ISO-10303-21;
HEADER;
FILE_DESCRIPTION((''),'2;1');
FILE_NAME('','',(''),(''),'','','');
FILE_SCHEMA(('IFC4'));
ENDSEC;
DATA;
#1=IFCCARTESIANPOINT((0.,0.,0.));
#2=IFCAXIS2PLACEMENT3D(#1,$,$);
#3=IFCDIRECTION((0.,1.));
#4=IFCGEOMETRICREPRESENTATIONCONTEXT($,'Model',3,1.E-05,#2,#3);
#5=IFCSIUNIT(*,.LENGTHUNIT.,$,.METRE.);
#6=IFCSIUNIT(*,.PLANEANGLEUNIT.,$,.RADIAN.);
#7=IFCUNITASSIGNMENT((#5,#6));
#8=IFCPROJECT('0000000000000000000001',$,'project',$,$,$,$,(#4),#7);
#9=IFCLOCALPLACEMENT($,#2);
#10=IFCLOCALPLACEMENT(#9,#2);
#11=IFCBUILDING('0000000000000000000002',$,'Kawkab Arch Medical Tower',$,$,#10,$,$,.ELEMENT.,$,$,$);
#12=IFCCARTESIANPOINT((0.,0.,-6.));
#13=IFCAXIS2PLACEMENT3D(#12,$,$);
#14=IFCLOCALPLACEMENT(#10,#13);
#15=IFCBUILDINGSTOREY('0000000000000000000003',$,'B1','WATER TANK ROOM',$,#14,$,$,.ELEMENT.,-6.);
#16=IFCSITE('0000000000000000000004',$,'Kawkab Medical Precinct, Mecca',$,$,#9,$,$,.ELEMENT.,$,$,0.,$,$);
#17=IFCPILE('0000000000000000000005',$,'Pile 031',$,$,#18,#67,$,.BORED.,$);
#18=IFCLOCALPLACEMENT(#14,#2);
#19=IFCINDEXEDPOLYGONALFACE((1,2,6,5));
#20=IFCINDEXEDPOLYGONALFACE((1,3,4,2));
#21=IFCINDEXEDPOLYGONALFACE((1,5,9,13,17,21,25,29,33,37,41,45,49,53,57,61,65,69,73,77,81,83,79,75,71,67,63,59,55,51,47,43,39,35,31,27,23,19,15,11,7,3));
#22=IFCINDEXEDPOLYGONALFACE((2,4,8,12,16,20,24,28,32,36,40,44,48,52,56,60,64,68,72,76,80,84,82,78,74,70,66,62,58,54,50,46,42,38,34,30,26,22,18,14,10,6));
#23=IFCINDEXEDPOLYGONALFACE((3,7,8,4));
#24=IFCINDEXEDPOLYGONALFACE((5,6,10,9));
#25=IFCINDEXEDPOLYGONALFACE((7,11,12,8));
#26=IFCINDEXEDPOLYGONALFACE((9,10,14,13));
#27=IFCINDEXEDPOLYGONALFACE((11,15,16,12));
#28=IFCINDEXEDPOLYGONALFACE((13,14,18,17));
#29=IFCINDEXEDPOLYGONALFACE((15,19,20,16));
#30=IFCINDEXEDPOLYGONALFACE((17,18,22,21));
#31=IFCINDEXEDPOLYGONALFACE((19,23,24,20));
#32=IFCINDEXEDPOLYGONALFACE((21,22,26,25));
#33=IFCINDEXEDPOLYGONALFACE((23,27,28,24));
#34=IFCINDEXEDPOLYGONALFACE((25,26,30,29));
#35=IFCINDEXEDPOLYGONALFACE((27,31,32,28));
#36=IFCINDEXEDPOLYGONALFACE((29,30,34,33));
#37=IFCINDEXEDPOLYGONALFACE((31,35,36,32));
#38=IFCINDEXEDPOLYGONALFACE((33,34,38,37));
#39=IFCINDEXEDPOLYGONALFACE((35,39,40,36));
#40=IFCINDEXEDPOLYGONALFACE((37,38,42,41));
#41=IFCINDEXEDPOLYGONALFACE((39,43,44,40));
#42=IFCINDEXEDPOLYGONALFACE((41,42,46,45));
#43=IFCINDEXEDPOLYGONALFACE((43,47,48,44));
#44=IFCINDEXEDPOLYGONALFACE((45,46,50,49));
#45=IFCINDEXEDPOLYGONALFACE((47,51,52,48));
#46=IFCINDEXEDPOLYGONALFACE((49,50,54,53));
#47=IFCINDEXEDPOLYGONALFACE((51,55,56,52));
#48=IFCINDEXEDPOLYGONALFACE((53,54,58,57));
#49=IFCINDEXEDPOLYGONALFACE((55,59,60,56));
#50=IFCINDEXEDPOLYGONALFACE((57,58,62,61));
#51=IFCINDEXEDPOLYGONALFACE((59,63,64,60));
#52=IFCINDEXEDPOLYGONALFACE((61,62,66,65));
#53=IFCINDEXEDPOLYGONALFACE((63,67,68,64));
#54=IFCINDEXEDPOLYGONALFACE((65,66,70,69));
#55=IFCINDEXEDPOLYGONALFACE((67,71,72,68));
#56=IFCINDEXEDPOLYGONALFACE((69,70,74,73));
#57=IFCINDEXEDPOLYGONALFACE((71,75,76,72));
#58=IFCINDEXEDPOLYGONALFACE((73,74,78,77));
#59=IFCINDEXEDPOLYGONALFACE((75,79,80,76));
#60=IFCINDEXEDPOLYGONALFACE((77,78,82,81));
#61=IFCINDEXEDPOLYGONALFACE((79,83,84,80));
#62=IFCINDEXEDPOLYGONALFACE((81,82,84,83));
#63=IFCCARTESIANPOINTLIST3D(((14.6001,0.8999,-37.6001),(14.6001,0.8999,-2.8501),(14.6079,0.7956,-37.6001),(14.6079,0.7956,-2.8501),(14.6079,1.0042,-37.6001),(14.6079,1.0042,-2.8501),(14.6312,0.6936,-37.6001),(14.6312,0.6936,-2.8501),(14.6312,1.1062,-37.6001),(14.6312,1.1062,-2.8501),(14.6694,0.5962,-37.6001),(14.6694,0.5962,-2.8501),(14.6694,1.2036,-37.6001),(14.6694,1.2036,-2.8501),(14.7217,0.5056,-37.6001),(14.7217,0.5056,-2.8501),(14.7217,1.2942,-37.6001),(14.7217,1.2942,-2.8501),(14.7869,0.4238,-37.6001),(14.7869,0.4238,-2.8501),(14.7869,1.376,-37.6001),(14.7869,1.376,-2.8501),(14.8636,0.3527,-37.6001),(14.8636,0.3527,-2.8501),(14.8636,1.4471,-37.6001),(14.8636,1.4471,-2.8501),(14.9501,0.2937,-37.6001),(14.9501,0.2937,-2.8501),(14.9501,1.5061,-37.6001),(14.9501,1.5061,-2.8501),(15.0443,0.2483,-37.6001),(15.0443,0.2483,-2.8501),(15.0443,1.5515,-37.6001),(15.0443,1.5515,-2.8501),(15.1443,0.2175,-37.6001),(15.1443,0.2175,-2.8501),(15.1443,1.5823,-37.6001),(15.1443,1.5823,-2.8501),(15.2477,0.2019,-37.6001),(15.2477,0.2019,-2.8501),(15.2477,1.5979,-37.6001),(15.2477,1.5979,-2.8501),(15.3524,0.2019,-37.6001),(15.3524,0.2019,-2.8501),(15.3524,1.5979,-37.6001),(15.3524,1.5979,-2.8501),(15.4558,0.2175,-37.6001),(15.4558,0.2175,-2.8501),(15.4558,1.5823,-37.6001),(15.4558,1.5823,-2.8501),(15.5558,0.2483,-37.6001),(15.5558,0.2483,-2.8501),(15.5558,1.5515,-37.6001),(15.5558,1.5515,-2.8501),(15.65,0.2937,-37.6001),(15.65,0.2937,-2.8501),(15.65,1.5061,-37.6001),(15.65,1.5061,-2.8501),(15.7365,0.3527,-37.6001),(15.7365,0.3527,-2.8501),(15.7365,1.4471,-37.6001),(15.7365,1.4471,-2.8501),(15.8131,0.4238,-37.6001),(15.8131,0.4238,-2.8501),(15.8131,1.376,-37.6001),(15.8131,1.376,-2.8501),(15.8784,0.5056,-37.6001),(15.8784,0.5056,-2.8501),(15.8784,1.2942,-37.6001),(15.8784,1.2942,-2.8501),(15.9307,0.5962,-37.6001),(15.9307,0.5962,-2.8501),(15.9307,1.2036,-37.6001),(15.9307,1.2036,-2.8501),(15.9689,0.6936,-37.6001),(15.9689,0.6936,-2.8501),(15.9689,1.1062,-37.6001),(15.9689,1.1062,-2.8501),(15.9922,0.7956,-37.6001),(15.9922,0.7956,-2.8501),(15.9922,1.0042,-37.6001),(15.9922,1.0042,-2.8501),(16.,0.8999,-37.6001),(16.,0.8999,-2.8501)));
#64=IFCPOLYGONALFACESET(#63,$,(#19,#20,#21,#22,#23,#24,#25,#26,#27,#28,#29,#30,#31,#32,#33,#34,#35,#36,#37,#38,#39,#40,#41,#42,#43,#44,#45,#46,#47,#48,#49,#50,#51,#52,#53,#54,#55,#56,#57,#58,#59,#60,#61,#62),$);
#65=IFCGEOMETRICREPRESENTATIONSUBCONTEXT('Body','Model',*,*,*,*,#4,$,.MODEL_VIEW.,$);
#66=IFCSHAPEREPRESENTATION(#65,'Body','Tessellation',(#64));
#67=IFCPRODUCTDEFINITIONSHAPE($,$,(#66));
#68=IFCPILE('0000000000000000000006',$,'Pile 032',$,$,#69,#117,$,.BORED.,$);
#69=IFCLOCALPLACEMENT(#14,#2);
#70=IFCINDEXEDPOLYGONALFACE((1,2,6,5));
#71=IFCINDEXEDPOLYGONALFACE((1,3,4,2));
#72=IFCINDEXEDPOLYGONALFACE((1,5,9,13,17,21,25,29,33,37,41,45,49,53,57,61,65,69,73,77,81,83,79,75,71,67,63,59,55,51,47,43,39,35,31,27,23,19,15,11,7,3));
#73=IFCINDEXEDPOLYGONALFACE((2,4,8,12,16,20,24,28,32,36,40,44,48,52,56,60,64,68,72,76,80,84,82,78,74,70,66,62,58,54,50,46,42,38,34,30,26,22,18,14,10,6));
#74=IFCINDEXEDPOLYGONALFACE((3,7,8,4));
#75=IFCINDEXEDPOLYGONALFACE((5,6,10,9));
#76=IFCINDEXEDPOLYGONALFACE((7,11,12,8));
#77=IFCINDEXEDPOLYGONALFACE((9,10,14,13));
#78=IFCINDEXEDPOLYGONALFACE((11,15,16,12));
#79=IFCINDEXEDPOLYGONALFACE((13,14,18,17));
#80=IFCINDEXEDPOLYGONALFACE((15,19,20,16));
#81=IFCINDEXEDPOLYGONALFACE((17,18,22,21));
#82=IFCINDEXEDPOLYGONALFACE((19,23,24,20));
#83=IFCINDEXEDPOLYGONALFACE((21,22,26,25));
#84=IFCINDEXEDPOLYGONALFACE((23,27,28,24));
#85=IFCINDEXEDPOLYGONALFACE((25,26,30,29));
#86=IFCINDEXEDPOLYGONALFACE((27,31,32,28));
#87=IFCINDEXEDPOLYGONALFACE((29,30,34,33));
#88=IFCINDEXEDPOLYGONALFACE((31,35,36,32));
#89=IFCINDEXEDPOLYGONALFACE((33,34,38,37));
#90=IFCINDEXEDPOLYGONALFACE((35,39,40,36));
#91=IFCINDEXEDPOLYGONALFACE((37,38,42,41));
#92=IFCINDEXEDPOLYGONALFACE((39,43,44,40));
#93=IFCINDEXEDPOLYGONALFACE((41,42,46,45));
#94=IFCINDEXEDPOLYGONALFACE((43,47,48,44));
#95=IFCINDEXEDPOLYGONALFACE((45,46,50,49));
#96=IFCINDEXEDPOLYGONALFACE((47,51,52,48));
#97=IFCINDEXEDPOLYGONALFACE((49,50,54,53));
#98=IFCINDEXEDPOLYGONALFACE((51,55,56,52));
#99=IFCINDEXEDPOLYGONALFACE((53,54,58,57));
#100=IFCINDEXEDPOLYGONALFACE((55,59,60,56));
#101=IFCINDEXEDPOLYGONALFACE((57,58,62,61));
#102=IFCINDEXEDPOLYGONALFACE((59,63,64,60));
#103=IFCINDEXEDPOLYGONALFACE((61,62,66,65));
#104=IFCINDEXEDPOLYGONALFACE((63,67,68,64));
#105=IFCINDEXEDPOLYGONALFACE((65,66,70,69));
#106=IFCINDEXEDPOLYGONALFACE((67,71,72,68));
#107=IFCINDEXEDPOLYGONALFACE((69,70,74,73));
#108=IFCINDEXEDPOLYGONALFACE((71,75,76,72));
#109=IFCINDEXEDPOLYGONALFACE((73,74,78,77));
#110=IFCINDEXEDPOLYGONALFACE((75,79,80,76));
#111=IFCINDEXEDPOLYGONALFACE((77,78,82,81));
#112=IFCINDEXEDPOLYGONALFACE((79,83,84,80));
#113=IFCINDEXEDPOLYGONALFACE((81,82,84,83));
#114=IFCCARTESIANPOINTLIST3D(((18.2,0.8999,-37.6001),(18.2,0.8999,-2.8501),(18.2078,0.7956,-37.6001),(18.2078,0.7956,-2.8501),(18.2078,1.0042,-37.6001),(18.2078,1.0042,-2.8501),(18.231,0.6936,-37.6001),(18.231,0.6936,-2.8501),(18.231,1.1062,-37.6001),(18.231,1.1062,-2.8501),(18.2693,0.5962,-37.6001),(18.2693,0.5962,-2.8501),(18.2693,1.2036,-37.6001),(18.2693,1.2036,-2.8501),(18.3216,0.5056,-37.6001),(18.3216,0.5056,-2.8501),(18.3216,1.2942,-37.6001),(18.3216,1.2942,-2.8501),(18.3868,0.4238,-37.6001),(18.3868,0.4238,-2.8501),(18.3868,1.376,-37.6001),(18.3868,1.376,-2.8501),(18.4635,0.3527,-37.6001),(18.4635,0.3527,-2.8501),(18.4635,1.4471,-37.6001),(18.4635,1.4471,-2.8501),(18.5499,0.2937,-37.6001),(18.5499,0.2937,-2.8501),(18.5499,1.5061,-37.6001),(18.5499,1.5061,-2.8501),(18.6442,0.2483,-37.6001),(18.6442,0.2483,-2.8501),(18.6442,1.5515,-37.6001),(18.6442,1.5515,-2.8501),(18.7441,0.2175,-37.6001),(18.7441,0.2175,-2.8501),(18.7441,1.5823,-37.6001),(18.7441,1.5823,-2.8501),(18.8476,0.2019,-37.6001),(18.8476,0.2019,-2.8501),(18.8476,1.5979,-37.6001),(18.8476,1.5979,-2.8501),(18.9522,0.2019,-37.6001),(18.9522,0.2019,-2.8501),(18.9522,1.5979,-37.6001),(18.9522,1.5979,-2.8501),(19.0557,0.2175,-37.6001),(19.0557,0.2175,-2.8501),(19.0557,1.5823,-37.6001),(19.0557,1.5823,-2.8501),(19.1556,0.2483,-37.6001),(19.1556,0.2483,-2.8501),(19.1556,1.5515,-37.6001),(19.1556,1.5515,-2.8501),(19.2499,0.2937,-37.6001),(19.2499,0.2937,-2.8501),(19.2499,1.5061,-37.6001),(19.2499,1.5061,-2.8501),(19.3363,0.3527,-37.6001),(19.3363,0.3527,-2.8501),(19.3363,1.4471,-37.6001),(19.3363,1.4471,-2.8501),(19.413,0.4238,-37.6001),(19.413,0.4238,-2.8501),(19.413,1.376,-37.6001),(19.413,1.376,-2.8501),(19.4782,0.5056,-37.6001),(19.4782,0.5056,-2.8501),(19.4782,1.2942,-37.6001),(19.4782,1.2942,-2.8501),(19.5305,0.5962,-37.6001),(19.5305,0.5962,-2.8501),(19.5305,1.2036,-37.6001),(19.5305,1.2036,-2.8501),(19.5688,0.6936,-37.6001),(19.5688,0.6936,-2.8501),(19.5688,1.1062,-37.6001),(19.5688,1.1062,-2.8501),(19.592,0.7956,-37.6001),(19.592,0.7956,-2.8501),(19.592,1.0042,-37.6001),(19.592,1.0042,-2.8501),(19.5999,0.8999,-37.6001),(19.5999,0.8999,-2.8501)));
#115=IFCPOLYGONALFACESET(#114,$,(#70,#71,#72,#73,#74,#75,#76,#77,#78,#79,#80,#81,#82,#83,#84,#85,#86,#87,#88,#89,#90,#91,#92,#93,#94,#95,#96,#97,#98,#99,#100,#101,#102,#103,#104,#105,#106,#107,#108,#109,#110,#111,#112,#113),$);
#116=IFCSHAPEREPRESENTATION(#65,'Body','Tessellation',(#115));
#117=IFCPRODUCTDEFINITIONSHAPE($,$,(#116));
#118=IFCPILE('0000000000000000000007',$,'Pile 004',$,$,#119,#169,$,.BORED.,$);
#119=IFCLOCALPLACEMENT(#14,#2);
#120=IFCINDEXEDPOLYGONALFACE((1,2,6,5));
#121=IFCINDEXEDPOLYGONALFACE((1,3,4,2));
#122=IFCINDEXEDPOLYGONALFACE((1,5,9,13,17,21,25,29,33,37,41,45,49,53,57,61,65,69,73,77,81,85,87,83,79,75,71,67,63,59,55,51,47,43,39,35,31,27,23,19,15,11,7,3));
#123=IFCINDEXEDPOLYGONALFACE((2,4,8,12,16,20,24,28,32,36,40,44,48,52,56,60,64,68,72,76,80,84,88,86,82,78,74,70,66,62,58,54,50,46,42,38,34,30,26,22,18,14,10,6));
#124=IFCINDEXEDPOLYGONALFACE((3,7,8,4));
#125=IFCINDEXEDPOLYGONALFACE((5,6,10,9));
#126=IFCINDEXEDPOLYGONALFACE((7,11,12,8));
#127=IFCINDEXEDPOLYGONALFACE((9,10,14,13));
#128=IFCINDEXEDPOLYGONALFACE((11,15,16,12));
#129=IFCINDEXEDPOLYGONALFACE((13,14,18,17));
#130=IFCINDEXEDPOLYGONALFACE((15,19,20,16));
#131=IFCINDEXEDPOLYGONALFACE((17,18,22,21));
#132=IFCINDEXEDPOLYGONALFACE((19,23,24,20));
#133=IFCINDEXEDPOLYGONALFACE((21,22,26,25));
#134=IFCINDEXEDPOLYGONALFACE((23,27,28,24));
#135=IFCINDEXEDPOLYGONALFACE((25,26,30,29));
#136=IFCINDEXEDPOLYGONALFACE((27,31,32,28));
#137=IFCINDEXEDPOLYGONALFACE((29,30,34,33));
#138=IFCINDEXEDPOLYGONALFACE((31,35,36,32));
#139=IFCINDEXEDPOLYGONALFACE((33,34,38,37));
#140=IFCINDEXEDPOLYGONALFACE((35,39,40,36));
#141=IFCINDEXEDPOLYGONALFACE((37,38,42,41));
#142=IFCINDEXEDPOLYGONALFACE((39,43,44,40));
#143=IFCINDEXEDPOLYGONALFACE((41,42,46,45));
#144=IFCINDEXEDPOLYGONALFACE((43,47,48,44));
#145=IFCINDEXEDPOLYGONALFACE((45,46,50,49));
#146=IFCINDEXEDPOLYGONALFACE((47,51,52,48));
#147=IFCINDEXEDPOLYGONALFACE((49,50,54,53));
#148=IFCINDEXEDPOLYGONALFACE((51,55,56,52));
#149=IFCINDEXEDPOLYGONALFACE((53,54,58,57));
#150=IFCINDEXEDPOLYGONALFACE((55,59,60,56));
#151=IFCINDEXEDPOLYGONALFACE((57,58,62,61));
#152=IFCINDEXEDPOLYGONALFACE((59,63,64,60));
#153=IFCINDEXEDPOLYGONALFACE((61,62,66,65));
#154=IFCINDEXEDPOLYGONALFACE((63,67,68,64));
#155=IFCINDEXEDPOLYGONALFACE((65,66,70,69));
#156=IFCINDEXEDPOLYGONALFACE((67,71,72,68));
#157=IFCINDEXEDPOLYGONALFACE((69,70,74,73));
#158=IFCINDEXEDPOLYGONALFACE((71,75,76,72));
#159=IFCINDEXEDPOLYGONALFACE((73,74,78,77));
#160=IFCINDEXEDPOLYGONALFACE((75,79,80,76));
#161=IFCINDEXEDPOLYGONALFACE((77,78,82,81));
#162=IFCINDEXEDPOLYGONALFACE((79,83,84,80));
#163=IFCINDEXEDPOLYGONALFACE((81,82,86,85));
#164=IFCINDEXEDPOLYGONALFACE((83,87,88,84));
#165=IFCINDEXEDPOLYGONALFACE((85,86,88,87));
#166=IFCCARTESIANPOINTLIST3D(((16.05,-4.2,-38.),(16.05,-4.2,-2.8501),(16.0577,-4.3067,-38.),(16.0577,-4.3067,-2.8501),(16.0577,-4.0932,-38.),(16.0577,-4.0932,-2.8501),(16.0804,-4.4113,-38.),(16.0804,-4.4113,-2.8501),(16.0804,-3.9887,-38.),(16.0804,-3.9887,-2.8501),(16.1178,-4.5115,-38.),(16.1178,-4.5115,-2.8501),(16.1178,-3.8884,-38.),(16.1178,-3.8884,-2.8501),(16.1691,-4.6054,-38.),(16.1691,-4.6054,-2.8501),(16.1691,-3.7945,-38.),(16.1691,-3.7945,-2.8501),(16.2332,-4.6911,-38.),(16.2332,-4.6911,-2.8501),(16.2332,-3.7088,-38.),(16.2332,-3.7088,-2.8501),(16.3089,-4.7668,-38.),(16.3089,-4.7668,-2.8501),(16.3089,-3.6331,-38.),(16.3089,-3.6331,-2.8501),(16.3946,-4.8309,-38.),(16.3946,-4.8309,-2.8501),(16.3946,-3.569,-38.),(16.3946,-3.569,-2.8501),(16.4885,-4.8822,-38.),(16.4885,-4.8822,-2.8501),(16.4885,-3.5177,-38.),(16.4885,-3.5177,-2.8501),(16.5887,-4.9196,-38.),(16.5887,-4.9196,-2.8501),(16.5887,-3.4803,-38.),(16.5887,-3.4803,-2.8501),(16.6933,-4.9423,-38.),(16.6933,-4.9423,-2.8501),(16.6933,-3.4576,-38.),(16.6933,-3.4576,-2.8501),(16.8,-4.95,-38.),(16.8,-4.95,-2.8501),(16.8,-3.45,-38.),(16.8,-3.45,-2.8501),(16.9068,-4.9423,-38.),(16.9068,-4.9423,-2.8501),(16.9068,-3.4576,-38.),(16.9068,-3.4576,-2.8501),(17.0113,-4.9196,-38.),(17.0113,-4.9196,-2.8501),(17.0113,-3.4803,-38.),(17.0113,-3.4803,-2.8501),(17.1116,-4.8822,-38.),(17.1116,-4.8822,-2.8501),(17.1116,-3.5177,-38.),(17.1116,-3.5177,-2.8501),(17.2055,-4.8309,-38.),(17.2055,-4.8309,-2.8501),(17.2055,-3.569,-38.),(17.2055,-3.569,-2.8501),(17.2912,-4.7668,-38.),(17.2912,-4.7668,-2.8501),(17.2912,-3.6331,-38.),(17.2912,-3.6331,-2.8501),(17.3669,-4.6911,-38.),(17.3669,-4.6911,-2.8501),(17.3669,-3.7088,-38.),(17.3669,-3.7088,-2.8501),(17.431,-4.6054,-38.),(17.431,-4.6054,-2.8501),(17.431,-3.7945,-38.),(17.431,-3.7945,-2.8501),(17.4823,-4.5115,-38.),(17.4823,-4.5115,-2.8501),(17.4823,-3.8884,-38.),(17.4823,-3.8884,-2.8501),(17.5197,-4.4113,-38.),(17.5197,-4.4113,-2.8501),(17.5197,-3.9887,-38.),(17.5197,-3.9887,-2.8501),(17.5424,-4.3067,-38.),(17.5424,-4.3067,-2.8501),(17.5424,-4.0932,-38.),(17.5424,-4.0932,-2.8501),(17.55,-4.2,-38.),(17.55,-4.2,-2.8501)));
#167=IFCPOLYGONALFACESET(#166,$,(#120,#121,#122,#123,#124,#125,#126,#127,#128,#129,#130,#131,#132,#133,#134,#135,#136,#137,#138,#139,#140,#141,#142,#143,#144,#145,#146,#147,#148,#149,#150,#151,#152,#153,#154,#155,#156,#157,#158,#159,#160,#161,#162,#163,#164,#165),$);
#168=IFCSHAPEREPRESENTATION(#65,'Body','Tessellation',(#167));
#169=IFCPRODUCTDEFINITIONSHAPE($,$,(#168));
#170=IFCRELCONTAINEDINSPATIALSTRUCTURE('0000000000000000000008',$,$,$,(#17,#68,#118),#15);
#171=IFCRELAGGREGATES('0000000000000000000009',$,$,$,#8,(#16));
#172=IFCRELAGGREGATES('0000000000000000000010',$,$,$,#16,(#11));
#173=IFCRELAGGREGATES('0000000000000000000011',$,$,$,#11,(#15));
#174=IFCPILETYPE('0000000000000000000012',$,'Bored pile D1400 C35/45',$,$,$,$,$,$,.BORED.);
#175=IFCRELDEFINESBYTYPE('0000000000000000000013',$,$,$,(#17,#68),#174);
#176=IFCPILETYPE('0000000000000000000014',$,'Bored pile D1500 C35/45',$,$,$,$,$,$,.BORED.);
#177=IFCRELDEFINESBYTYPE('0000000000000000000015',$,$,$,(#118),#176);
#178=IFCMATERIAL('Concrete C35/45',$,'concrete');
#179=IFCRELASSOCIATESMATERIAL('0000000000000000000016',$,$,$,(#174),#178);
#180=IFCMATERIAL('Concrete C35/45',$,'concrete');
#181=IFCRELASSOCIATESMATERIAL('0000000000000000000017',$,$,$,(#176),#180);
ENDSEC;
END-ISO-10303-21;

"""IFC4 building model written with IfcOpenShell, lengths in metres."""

from ifc_helpers import new_model, si_unit, direction, frame, origin, origin_2d, place, context, subcontext, project, spatial, circle, extrude, material, material_profile, profile_set, type_object, element, save


model = new_model("IFC4")

# Units and contexts
model_context = context("Model", 3, precision=1e-05, world=origin(), true_north=direction((0.0, 1.0)))
body_context = subcontext(model_context, "Body", "Model", "MODEL_VIEW")
ifc_project = project(units=[si_unit("LENGTHUNIT", "METRE"), si_unit("PLANEANGLEUNIT", "RADIAN")], contexts=[model_context])

# Site, building, storey
site_placement = place(None, origin())
site = spatial("IfcSite", under=ifc_project, at=site_placement, Name="Kawkab Medical Precinct, Mecca", CompositionType="ELEMENT", RefElevation=0.0)
building_placement = place(site_placement, origin())
building = spatial("IfcBuilding", under=site, at=building_placement, Name="Kawkab Arch Medical Tower", CompositionType="ELEMENT")
storey_placement = place(building_placement, frame((0.0, 0.0, -6.0)))
storey = spatial("IfcBuildingStorey", under=building, at=storey_placement, Name="B1", Description="WATER TANK ROOM", CompositionType="ELEMENT", Elevation=-6.0)

# Piles
ifc_material_1 = material(Name="Concrete C35/45", Category="concrete")
ifc_material_profile_1 = material_profile(ifc_material_1, circle(Radius=0.7, at=origin_2d()), Name="Bored pile D1400")
ifc_profile_set_1 = profile_set([ifc_material_profile_1], Name="Concrete C35/45")
pile_type_1 = type_object("IfcPileType", Name="Bored pile D1400 C35/45", PredefinedType="BORED", material=ifc_profile_set_1)
for number, where, z_axis, x_axis, name in (
    (1, (15.3, 0.8999, -2.8501), (0.0, 0.0, -1.0), (1.0, 0.0, 0.0), "Pile 031"),
    (2, (18.8999, 0.8999, -2.8501), (0.0, 0.0, -1.0), (1.0, 0.0, 0.0), "Pile 032"),
):
    element("IfcPile", number, at=place(storey_placement, frame(where, z_axis=z_axis, x_axis=x_axis)), inside=storey, type_object=pile_type_1, Name=name, PredefinedType="BORED", context=body_context, shape_type="SweptSolid", body=[
        extrude(circle(Radius=0.7, at=origin_2d()), origin(), (0.0, 0.0, 1.0), 34.75),
    ])
ifc_material_2 = material(Name="Concrete C35/45", Category="concrete")
ifc_material_profile_2 = material_profile(ifc_material_2, circle(Radius=0.75, at=origin_2d()), Name="Bored pile D1500")
ifc_profile_set_2 = profile_set([ifc_material_profile_2], Name="Concrete C35/45")
pile_type_2 = type_object("IfcPileType", Name="Bored pile D1500 C35/45", PredefinedType="BORED", material=ifc_profile_set_2)
for number, where, z_axis, x_axis, name in (
    (3, (16.8, -4.2, -2.8501), (0.0, 0.0, -1.0), (1.0, 0.0, 0.0), "Pile 004"),
):
    element("IfcPile", number, at=place(storey_placement, frame(where, z_axis=z_axis, x_axis=x_axis)), inside=storey, type_object=pile_type_2, Name=name, PredefinedType="BORED", context=body_context, shape_type="SweptSolid", body=[
        extrude(circle(Radius=0.75, at=origin_2d()), origin(), (0.0, 0.0, 1.0), 35.1499),
    ])

save(model, "model.ifc")
